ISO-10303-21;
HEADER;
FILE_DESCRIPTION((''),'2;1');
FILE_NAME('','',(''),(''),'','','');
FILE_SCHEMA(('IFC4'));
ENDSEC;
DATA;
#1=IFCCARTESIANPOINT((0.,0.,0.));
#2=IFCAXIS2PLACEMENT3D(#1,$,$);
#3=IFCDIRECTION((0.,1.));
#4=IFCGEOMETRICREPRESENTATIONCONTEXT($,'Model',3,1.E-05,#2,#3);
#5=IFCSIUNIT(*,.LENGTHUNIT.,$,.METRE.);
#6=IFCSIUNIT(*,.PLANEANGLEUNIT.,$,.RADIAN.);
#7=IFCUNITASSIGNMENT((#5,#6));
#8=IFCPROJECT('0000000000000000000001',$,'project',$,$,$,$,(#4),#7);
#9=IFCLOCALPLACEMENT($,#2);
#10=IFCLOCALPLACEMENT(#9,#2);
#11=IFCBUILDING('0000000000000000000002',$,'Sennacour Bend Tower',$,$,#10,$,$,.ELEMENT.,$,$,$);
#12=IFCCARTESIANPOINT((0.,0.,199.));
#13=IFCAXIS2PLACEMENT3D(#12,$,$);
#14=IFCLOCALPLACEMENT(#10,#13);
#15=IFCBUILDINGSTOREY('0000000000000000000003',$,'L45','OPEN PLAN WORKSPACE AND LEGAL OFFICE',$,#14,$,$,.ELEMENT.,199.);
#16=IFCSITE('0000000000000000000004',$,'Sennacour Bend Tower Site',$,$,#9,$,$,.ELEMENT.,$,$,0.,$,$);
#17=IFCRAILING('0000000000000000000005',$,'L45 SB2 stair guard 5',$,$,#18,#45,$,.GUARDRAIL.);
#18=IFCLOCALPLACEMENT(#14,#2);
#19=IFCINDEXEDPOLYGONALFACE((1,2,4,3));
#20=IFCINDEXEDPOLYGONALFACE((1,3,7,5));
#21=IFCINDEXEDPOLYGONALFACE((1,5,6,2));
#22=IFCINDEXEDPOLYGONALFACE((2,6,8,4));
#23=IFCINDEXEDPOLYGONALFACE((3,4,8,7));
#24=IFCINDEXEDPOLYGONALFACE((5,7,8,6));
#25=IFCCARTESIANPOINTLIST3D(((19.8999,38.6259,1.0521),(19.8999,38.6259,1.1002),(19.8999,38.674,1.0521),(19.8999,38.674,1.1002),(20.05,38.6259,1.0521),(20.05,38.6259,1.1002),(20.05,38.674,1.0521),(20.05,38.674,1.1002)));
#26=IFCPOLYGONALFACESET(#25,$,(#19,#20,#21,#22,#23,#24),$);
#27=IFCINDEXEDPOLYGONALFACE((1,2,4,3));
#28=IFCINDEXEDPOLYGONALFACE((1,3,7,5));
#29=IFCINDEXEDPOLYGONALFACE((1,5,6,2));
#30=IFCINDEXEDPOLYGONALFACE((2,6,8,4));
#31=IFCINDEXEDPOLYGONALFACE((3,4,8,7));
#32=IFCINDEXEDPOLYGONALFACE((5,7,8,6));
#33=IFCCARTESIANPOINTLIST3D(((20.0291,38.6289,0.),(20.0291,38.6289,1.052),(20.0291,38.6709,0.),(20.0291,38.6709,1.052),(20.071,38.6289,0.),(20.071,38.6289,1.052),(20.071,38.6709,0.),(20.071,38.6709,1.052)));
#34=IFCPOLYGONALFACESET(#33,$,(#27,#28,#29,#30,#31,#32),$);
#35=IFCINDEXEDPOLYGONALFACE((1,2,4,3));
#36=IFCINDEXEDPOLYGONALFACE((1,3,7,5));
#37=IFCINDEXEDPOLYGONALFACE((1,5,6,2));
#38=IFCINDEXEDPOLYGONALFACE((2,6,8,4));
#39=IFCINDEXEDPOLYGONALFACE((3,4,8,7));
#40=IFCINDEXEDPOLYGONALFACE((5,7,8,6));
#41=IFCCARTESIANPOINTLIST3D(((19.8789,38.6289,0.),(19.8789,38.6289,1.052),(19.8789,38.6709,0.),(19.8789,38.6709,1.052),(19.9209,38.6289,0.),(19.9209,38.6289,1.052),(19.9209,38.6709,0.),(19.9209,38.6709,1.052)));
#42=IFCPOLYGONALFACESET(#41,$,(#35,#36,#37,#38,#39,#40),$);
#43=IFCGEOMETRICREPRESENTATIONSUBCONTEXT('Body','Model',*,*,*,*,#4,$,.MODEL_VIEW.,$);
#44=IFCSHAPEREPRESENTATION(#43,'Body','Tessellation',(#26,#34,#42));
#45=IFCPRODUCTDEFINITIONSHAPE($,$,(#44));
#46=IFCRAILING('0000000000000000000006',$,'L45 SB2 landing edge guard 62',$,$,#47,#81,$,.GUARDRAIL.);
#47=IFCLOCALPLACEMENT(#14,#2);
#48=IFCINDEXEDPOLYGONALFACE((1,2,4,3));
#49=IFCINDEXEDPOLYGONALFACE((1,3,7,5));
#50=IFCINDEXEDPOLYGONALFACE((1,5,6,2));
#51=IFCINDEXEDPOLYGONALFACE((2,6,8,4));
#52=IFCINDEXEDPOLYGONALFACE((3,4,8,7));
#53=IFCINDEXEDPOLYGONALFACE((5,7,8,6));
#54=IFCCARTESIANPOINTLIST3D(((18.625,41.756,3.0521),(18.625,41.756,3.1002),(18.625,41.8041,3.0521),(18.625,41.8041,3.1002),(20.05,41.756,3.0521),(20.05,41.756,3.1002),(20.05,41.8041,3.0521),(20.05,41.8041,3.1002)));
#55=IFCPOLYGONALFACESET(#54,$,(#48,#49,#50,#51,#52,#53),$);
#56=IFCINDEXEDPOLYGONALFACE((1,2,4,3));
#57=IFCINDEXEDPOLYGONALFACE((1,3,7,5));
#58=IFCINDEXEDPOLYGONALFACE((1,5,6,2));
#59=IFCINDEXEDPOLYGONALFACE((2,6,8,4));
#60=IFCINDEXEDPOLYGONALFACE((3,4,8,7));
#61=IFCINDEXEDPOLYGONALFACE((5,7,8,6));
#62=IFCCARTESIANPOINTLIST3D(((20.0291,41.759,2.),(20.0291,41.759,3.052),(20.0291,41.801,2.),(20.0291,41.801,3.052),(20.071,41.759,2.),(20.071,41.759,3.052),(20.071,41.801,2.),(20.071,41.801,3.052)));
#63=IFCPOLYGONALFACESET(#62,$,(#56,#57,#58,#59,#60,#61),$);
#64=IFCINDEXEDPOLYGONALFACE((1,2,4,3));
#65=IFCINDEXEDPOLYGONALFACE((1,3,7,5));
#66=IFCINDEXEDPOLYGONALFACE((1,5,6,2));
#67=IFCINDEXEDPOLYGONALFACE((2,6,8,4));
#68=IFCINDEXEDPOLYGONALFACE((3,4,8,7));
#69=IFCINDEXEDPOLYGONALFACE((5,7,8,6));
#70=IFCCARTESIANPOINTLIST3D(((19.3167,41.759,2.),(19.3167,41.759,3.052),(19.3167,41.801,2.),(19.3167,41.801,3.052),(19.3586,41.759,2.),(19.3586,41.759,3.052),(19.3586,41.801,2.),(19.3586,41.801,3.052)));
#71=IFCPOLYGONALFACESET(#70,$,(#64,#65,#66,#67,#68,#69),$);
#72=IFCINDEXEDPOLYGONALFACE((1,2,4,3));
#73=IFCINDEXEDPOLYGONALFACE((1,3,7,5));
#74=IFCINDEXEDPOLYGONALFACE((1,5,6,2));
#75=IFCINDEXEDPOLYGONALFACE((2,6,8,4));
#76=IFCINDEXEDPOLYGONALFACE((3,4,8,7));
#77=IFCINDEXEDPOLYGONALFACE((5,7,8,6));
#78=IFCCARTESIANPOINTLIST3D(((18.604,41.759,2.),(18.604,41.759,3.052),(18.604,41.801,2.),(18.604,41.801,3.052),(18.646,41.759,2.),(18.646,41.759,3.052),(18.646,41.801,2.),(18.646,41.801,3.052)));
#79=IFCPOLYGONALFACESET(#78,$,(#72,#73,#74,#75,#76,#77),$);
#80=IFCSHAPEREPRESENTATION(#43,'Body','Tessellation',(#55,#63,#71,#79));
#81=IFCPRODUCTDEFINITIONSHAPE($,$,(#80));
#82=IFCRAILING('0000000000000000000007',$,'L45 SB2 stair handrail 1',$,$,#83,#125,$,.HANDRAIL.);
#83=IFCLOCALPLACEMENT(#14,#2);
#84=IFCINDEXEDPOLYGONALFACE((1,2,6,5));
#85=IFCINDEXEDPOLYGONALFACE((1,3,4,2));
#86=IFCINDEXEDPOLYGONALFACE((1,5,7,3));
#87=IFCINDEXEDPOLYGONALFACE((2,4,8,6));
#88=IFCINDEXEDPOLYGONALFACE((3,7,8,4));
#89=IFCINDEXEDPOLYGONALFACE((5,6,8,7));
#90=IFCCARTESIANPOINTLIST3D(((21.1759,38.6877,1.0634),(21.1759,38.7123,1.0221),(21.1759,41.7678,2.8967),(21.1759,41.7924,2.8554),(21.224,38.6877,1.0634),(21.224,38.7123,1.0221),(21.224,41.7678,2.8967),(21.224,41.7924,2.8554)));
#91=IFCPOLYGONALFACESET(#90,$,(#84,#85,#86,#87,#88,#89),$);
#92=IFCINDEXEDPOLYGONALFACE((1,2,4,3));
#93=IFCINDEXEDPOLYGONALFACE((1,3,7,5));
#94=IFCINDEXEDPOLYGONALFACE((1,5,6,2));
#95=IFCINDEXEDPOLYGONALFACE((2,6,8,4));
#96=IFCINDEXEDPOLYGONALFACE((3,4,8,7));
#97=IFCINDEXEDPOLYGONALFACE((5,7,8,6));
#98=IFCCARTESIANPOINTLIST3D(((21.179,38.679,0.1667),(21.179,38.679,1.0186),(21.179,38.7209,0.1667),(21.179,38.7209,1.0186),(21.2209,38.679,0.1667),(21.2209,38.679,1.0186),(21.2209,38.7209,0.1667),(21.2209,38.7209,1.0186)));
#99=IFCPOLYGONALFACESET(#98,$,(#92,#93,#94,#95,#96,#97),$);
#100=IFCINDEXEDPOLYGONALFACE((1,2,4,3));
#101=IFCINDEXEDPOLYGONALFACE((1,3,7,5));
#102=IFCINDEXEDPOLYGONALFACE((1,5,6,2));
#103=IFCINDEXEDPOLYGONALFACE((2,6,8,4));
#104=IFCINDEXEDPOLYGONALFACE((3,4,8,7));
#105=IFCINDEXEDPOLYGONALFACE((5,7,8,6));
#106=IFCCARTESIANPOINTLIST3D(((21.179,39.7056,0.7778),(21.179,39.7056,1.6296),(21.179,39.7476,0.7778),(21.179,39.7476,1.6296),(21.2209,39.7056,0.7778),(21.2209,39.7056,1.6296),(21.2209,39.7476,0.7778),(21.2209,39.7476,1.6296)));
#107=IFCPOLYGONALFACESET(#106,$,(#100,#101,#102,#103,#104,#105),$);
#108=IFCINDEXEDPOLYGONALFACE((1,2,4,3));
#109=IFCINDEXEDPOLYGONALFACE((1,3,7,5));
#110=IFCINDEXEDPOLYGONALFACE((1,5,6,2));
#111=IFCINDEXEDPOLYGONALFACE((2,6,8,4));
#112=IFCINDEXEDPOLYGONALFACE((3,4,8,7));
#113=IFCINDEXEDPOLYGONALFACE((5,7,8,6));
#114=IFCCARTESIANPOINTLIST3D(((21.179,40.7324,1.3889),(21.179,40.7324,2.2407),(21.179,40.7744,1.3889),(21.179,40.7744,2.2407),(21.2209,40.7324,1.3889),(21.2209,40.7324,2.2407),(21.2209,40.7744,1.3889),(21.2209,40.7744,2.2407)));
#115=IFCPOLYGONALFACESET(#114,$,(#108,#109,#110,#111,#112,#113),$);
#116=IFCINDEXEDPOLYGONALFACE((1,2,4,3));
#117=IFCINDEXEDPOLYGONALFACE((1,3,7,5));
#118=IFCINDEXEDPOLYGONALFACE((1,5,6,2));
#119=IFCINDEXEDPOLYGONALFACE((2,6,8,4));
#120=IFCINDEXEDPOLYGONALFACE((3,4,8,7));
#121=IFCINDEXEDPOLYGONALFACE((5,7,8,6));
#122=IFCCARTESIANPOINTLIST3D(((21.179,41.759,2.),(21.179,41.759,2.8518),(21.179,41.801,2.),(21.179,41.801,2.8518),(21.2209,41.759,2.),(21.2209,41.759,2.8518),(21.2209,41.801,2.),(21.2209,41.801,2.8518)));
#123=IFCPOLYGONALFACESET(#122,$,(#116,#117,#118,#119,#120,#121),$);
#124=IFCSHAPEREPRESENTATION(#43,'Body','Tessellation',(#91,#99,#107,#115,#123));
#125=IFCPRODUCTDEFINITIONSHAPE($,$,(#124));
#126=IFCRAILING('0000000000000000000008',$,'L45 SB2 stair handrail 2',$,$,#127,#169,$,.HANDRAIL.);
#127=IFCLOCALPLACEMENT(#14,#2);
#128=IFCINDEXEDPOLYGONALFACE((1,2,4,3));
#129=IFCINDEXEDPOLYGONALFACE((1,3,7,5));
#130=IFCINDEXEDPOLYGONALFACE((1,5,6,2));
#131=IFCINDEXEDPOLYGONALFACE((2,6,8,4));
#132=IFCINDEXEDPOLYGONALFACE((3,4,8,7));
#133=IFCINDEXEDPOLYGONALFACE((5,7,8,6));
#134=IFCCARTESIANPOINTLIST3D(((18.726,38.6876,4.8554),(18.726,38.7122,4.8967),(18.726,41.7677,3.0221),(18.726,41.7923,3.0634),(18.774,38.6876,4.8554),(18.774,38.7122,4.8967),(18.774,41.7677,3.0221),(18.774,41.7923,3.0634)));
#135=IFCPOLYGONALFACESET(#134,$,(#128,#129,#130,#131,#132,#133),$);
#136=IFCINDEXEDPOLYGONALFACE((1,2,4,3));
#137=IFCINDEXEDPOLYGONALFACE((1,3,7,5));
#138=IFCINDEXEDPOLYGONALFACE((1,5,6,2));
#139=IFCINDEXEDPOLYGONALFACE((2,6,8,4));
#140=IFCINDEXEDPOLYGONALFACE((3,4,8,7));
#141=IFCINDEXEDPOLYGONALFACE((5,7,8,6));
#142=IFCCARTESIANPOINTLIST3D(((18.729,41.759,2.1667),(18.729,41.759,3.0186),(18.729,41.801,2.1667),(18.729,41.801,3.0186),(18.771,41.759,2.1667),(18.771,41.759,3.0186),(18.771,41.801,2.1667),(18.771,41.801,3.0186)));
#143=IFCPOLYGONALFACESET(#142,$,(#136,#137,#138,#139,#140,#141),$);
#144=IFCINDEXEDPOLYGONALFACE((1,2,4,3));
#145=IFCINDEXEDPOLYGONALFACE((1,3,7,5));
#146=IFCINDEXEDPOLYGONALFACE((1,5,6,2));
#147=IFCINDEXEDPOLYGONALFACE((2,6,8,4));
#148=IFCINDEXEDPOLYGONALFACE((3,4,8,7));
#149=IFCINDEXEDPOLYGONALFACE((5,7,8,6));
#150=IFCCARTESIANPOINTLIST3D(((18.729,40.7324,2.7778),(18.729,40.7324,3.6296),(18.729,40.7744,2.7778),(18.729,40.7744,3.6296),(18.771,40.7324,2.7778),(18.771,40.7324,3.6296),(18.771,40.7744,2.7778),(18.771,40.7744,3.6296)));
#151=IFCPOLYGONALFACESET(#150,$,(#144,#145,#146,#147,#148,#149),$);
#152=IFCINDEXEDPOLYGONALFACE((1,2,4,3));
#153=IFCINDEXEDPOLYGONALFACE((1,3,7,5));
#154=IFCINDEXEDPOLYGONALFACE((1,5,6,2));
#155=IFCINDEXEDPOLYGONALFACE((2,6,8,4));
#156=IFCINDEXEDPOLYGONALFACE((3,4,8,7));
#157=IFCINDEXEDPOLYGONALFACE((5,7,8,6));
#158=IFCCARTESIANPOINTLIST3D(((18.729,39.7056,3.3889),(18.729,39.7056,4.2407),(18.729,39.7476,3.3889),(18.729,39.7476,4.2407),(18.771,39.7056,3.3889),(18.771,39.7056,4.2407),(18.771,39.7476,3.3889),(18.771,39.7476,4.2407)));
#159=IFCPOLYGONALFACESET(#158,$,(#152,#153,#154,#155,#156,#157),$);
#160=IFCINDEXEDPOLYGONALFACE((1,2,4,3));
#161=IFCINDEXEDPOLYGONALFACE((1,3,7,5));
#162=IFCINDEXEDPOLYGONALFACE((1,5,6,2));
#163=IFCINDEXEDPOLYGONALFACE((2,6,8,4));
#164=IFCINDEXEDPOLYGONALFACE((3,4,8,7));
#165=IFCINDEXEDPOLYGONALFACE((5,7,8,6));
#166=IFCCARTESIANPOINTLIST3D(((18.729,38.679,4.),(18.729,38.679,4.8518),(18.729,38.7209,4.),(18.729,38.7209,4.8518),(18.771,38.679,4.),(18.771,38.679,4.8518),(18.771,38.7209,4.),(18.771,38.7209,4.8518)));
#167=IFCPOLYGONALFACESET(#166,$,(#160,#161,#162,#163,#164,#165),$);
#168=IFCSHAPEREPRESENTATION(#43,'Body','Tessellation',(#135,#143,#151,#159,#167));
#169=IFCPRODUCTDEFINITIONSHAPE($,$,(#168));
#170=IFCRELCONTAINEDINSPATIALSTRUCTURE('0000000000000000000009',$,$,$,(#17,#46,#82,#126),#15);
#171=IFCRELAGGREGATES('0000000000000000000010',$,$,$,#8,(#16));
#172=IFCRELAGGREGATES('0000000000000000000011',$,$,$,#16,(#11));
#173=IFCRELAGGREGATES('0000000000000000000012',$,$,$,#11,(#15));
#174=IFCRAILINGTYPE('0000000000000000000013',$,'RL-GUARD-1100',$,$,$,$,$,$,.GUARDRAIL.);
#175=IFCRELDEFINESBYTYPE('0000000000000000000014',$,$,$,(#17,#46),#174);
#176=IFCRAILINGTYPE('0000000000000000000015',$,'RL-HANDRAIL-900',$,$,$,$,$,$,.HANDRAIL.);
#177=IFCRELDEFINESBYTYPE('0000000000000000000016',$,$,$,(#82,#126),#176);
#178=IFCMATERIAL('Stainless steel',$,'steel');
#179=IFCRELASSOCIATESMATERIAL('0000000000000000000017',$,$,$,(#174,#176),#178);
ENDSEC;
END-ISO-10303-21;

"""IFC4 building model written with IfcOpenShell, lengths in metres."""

from ifc_helpers import new_model, si_unit, direction, frame, origin, origin_2d, place, context, subcontext, project, spatial, rectangle, extrude, material, type_object, element, save


model = new_model("IFC4")

# Units and contexts
model_context = context("Model", 3, precision=1e-05, world=origin(), true_north=direction((0.0, 1.0)))
body_context = subcontext(model_context, "Body", "Model", "MODEL_VIEW")
ifc_project = project(units=[si_unit("LENGTHUNIT", "METRE"), si_unit("PLANEANGLEUNIT", "RADIAN")], contexts=[model_context])

# Site, building, storey
site_placement = place(None, origin())
site = spatial("IfcSite", under=ifc_project, at=site_placement, Name="Sennacour Bend Tower Site", CompositionType="ELEMENT", RefElevation=0.0)
building_placement = place(site_placement, origin())
building = spatial("IfcBuilding", under=site, at=building_placement, Name="Sennacour Bend Tower", CompositionType="ELEMENT")
storey_placement = place(building_placement, frame((0.0, 0.0, 199.0)))
storey = spatial("IfcBuildingStorey", under=building, at=storey_placement, Name="L45", Description="OPEN PLAN WORKSPACE AND LEGAL OFFICE", CompositionType="ELEMENT", Elevation=199.0)

# Shared definitions
ifc_material_1 = material(Name="Stainless steel", Category="steel")

# Railings
railing_type_1 = type_object("IfcRailingType", Name="RL-GUARD-1100", PredefinedType="GUARDRAIL", material=ifc_material_1)
railing_1_placement = place(storey_placement, frame((20.05, 38.6499, 0.0)))
element("IfcRailing", 1, at=railing_1_placement, inside=storey, type_object=railing_type_1, Name="L45 SB2 stair guard 5", PredefinedType="GUARDRAIL", context=body_context, shape_type="SweptSolid", body=[
    extrude(rectangle(XDim=0.0481, YDim=0.0481, at=origin_2d()), frame((0.0, 0.0, 1.0762), z_axis=(-1.0, 0.0, 0.0), x_axis=(0.0, -1.0, 0.0)), (0.0, 0.0, 1.0), 0.1501),
    extrude(rectangle(XDim=0.042, YDim=0.042, at=origin_2d()), origin(), (0.0, 0.0, 1.0), 1.052),
    extrude(rectangle(XDim=0.042, YDim=0.042, at=origin_2d()), frame((-0.1501, 0.0, 0.0)), (0.0, 0.0, 1.0), 1.052),
])
railing_2_placement = place(storey_placement, frame((20.05, 41.78, 2.0)))
element("IfcRailing", 2, at=railing_2_placement, inside=storey, type_object=railing_type_1, Name="L45 SB2 landing edge guard 62", PredefinedType="GUARDRAIL", context=body_context, shape_type="SweptSolid", body=[
    extrude(rectangle(XDim=0.0481, YDim=0.0481, at=origin_2d()), frame((0.0, 0.0, 1.0762), z_axis=(-1.0, 0.0, 0.0), x_axis=(0.0, -1.0, 0.0)), (0.0, 0.0, 1.0), 1.425),
    extrude(rectangle(XDim=0.042, YDim=0.042, at=origin_2d()), origin(), (0.0, 0.0, 1.0), 1.052),
    extrude(rectangle(XDim=0.042, YDim=0.042, at=origin_2d()), frame((-0.7124, 0.0, 0.0)), (0.0, 0.0, 1.0), 1.052),
    extrude(rectangle(XDim=0.042, YDim=0.042, at=origin_2d()), frame((-1.425, 0.0, 0.0)), (0.0, 0.0, 1.0), 1.052),
])
railing_type_2 = type_object("IfcRailingType", Name="RL-HANDRAIL-900", PredefinedType="HANDRAIL", material=ifc_material_1)
railing_3_placement = place(storey_placement, frame((21.2, 38.7, 0.1667)))
element("IfcRailing", 3, at=railing_3_placement, inside=storey, type_object=railing_type_2, Name="L45 SB2 stair handrail 1", PredefinedType="HANDRAIL", context=body_context, shape_type="SweptSolid", body=[
    extrude(rectangle(XDim=0.0481, YDim=0.0481, at=origin_2d()), frame((0.0, 0.0, 0.876), z_axis=(0.0, 0.859309, 0.511458), x_axis=(-1.0, 0.0, 0.0)), (0.0, 0.0, 1.0), 3.5845),
    extrude(rectangle(XDim=0.042, YDim=0.042, at=origin_2d()), origin(), (0.0, 0.0, 1.0), 0.8518),
    extrude(rectangle(XDim=0.042, YDim=0.042, at=origin_2d()), frame((0.0, 1.0266, 0.6111)), (0.0, 0.0, 1.0), 0.8518),
    extrude(rectangle(XDim=0.042, YDim=0.042, at=origin_2d()), frame((0.0, 2.0535, 1.2222)), (0.0, 0.0, 1.0), 0.8518),
    extrude(rectangle(XDim=0.042, YDim=0.042, at=origin_2d()), frame((0.0, 3.0801, 1.8333)), (0.0, 0.0, 1.0), 0.8518),
])
railing_4_placement = place(storey_placement, frame((18.75, 41.78, 2.1667)))
element("IfcRailing", 4, at=railing_4_placement, inside=storey, type_object=railing_type_2, Name="L45 SB2 stair handrail 2", PredefinedType="HANDRAIL", context=body_context, shape_type="SweptSolid", body=[
    extrude(rectangle(XDim=0.0481, YDim=0.0481, at=origin_2d()), frame((0.0, 0.0, 0.876), z_axis=(0.0, -0.859309, 0.511458), x_axis=(1.0, 0.0, 0.0)), (0.0, 0.0, 1.0), 3.5845),
    extrude(rectangle(XDim=0.042, YDim=0.042, at=origin_2d()), origin(), (0.0, 0.0, 1.0), 0.8518),
    extrude(rectangle(XDim=0.042, YDim=0.042, at=origin_2d()), frame((0.0, -1.0266, 0.6111)), (0.0, 0.0, 1.0), 0.8518),
    extrude(rectangle(XDim=0.042, YDim=0.042, at=origin_2d()), frame((0.0, -2.0535, 1.2222)), (0.0, 0.0, 1.0), 0.8518),
    extrude(rectangle(XDim=0.042, YDim=0.042, at=origin_2d()), frame((0.0, -3.0801, 1.8333)), (0.0, 0.0, 1.0), 0.8518),
])

save(model, "model.ifc")
